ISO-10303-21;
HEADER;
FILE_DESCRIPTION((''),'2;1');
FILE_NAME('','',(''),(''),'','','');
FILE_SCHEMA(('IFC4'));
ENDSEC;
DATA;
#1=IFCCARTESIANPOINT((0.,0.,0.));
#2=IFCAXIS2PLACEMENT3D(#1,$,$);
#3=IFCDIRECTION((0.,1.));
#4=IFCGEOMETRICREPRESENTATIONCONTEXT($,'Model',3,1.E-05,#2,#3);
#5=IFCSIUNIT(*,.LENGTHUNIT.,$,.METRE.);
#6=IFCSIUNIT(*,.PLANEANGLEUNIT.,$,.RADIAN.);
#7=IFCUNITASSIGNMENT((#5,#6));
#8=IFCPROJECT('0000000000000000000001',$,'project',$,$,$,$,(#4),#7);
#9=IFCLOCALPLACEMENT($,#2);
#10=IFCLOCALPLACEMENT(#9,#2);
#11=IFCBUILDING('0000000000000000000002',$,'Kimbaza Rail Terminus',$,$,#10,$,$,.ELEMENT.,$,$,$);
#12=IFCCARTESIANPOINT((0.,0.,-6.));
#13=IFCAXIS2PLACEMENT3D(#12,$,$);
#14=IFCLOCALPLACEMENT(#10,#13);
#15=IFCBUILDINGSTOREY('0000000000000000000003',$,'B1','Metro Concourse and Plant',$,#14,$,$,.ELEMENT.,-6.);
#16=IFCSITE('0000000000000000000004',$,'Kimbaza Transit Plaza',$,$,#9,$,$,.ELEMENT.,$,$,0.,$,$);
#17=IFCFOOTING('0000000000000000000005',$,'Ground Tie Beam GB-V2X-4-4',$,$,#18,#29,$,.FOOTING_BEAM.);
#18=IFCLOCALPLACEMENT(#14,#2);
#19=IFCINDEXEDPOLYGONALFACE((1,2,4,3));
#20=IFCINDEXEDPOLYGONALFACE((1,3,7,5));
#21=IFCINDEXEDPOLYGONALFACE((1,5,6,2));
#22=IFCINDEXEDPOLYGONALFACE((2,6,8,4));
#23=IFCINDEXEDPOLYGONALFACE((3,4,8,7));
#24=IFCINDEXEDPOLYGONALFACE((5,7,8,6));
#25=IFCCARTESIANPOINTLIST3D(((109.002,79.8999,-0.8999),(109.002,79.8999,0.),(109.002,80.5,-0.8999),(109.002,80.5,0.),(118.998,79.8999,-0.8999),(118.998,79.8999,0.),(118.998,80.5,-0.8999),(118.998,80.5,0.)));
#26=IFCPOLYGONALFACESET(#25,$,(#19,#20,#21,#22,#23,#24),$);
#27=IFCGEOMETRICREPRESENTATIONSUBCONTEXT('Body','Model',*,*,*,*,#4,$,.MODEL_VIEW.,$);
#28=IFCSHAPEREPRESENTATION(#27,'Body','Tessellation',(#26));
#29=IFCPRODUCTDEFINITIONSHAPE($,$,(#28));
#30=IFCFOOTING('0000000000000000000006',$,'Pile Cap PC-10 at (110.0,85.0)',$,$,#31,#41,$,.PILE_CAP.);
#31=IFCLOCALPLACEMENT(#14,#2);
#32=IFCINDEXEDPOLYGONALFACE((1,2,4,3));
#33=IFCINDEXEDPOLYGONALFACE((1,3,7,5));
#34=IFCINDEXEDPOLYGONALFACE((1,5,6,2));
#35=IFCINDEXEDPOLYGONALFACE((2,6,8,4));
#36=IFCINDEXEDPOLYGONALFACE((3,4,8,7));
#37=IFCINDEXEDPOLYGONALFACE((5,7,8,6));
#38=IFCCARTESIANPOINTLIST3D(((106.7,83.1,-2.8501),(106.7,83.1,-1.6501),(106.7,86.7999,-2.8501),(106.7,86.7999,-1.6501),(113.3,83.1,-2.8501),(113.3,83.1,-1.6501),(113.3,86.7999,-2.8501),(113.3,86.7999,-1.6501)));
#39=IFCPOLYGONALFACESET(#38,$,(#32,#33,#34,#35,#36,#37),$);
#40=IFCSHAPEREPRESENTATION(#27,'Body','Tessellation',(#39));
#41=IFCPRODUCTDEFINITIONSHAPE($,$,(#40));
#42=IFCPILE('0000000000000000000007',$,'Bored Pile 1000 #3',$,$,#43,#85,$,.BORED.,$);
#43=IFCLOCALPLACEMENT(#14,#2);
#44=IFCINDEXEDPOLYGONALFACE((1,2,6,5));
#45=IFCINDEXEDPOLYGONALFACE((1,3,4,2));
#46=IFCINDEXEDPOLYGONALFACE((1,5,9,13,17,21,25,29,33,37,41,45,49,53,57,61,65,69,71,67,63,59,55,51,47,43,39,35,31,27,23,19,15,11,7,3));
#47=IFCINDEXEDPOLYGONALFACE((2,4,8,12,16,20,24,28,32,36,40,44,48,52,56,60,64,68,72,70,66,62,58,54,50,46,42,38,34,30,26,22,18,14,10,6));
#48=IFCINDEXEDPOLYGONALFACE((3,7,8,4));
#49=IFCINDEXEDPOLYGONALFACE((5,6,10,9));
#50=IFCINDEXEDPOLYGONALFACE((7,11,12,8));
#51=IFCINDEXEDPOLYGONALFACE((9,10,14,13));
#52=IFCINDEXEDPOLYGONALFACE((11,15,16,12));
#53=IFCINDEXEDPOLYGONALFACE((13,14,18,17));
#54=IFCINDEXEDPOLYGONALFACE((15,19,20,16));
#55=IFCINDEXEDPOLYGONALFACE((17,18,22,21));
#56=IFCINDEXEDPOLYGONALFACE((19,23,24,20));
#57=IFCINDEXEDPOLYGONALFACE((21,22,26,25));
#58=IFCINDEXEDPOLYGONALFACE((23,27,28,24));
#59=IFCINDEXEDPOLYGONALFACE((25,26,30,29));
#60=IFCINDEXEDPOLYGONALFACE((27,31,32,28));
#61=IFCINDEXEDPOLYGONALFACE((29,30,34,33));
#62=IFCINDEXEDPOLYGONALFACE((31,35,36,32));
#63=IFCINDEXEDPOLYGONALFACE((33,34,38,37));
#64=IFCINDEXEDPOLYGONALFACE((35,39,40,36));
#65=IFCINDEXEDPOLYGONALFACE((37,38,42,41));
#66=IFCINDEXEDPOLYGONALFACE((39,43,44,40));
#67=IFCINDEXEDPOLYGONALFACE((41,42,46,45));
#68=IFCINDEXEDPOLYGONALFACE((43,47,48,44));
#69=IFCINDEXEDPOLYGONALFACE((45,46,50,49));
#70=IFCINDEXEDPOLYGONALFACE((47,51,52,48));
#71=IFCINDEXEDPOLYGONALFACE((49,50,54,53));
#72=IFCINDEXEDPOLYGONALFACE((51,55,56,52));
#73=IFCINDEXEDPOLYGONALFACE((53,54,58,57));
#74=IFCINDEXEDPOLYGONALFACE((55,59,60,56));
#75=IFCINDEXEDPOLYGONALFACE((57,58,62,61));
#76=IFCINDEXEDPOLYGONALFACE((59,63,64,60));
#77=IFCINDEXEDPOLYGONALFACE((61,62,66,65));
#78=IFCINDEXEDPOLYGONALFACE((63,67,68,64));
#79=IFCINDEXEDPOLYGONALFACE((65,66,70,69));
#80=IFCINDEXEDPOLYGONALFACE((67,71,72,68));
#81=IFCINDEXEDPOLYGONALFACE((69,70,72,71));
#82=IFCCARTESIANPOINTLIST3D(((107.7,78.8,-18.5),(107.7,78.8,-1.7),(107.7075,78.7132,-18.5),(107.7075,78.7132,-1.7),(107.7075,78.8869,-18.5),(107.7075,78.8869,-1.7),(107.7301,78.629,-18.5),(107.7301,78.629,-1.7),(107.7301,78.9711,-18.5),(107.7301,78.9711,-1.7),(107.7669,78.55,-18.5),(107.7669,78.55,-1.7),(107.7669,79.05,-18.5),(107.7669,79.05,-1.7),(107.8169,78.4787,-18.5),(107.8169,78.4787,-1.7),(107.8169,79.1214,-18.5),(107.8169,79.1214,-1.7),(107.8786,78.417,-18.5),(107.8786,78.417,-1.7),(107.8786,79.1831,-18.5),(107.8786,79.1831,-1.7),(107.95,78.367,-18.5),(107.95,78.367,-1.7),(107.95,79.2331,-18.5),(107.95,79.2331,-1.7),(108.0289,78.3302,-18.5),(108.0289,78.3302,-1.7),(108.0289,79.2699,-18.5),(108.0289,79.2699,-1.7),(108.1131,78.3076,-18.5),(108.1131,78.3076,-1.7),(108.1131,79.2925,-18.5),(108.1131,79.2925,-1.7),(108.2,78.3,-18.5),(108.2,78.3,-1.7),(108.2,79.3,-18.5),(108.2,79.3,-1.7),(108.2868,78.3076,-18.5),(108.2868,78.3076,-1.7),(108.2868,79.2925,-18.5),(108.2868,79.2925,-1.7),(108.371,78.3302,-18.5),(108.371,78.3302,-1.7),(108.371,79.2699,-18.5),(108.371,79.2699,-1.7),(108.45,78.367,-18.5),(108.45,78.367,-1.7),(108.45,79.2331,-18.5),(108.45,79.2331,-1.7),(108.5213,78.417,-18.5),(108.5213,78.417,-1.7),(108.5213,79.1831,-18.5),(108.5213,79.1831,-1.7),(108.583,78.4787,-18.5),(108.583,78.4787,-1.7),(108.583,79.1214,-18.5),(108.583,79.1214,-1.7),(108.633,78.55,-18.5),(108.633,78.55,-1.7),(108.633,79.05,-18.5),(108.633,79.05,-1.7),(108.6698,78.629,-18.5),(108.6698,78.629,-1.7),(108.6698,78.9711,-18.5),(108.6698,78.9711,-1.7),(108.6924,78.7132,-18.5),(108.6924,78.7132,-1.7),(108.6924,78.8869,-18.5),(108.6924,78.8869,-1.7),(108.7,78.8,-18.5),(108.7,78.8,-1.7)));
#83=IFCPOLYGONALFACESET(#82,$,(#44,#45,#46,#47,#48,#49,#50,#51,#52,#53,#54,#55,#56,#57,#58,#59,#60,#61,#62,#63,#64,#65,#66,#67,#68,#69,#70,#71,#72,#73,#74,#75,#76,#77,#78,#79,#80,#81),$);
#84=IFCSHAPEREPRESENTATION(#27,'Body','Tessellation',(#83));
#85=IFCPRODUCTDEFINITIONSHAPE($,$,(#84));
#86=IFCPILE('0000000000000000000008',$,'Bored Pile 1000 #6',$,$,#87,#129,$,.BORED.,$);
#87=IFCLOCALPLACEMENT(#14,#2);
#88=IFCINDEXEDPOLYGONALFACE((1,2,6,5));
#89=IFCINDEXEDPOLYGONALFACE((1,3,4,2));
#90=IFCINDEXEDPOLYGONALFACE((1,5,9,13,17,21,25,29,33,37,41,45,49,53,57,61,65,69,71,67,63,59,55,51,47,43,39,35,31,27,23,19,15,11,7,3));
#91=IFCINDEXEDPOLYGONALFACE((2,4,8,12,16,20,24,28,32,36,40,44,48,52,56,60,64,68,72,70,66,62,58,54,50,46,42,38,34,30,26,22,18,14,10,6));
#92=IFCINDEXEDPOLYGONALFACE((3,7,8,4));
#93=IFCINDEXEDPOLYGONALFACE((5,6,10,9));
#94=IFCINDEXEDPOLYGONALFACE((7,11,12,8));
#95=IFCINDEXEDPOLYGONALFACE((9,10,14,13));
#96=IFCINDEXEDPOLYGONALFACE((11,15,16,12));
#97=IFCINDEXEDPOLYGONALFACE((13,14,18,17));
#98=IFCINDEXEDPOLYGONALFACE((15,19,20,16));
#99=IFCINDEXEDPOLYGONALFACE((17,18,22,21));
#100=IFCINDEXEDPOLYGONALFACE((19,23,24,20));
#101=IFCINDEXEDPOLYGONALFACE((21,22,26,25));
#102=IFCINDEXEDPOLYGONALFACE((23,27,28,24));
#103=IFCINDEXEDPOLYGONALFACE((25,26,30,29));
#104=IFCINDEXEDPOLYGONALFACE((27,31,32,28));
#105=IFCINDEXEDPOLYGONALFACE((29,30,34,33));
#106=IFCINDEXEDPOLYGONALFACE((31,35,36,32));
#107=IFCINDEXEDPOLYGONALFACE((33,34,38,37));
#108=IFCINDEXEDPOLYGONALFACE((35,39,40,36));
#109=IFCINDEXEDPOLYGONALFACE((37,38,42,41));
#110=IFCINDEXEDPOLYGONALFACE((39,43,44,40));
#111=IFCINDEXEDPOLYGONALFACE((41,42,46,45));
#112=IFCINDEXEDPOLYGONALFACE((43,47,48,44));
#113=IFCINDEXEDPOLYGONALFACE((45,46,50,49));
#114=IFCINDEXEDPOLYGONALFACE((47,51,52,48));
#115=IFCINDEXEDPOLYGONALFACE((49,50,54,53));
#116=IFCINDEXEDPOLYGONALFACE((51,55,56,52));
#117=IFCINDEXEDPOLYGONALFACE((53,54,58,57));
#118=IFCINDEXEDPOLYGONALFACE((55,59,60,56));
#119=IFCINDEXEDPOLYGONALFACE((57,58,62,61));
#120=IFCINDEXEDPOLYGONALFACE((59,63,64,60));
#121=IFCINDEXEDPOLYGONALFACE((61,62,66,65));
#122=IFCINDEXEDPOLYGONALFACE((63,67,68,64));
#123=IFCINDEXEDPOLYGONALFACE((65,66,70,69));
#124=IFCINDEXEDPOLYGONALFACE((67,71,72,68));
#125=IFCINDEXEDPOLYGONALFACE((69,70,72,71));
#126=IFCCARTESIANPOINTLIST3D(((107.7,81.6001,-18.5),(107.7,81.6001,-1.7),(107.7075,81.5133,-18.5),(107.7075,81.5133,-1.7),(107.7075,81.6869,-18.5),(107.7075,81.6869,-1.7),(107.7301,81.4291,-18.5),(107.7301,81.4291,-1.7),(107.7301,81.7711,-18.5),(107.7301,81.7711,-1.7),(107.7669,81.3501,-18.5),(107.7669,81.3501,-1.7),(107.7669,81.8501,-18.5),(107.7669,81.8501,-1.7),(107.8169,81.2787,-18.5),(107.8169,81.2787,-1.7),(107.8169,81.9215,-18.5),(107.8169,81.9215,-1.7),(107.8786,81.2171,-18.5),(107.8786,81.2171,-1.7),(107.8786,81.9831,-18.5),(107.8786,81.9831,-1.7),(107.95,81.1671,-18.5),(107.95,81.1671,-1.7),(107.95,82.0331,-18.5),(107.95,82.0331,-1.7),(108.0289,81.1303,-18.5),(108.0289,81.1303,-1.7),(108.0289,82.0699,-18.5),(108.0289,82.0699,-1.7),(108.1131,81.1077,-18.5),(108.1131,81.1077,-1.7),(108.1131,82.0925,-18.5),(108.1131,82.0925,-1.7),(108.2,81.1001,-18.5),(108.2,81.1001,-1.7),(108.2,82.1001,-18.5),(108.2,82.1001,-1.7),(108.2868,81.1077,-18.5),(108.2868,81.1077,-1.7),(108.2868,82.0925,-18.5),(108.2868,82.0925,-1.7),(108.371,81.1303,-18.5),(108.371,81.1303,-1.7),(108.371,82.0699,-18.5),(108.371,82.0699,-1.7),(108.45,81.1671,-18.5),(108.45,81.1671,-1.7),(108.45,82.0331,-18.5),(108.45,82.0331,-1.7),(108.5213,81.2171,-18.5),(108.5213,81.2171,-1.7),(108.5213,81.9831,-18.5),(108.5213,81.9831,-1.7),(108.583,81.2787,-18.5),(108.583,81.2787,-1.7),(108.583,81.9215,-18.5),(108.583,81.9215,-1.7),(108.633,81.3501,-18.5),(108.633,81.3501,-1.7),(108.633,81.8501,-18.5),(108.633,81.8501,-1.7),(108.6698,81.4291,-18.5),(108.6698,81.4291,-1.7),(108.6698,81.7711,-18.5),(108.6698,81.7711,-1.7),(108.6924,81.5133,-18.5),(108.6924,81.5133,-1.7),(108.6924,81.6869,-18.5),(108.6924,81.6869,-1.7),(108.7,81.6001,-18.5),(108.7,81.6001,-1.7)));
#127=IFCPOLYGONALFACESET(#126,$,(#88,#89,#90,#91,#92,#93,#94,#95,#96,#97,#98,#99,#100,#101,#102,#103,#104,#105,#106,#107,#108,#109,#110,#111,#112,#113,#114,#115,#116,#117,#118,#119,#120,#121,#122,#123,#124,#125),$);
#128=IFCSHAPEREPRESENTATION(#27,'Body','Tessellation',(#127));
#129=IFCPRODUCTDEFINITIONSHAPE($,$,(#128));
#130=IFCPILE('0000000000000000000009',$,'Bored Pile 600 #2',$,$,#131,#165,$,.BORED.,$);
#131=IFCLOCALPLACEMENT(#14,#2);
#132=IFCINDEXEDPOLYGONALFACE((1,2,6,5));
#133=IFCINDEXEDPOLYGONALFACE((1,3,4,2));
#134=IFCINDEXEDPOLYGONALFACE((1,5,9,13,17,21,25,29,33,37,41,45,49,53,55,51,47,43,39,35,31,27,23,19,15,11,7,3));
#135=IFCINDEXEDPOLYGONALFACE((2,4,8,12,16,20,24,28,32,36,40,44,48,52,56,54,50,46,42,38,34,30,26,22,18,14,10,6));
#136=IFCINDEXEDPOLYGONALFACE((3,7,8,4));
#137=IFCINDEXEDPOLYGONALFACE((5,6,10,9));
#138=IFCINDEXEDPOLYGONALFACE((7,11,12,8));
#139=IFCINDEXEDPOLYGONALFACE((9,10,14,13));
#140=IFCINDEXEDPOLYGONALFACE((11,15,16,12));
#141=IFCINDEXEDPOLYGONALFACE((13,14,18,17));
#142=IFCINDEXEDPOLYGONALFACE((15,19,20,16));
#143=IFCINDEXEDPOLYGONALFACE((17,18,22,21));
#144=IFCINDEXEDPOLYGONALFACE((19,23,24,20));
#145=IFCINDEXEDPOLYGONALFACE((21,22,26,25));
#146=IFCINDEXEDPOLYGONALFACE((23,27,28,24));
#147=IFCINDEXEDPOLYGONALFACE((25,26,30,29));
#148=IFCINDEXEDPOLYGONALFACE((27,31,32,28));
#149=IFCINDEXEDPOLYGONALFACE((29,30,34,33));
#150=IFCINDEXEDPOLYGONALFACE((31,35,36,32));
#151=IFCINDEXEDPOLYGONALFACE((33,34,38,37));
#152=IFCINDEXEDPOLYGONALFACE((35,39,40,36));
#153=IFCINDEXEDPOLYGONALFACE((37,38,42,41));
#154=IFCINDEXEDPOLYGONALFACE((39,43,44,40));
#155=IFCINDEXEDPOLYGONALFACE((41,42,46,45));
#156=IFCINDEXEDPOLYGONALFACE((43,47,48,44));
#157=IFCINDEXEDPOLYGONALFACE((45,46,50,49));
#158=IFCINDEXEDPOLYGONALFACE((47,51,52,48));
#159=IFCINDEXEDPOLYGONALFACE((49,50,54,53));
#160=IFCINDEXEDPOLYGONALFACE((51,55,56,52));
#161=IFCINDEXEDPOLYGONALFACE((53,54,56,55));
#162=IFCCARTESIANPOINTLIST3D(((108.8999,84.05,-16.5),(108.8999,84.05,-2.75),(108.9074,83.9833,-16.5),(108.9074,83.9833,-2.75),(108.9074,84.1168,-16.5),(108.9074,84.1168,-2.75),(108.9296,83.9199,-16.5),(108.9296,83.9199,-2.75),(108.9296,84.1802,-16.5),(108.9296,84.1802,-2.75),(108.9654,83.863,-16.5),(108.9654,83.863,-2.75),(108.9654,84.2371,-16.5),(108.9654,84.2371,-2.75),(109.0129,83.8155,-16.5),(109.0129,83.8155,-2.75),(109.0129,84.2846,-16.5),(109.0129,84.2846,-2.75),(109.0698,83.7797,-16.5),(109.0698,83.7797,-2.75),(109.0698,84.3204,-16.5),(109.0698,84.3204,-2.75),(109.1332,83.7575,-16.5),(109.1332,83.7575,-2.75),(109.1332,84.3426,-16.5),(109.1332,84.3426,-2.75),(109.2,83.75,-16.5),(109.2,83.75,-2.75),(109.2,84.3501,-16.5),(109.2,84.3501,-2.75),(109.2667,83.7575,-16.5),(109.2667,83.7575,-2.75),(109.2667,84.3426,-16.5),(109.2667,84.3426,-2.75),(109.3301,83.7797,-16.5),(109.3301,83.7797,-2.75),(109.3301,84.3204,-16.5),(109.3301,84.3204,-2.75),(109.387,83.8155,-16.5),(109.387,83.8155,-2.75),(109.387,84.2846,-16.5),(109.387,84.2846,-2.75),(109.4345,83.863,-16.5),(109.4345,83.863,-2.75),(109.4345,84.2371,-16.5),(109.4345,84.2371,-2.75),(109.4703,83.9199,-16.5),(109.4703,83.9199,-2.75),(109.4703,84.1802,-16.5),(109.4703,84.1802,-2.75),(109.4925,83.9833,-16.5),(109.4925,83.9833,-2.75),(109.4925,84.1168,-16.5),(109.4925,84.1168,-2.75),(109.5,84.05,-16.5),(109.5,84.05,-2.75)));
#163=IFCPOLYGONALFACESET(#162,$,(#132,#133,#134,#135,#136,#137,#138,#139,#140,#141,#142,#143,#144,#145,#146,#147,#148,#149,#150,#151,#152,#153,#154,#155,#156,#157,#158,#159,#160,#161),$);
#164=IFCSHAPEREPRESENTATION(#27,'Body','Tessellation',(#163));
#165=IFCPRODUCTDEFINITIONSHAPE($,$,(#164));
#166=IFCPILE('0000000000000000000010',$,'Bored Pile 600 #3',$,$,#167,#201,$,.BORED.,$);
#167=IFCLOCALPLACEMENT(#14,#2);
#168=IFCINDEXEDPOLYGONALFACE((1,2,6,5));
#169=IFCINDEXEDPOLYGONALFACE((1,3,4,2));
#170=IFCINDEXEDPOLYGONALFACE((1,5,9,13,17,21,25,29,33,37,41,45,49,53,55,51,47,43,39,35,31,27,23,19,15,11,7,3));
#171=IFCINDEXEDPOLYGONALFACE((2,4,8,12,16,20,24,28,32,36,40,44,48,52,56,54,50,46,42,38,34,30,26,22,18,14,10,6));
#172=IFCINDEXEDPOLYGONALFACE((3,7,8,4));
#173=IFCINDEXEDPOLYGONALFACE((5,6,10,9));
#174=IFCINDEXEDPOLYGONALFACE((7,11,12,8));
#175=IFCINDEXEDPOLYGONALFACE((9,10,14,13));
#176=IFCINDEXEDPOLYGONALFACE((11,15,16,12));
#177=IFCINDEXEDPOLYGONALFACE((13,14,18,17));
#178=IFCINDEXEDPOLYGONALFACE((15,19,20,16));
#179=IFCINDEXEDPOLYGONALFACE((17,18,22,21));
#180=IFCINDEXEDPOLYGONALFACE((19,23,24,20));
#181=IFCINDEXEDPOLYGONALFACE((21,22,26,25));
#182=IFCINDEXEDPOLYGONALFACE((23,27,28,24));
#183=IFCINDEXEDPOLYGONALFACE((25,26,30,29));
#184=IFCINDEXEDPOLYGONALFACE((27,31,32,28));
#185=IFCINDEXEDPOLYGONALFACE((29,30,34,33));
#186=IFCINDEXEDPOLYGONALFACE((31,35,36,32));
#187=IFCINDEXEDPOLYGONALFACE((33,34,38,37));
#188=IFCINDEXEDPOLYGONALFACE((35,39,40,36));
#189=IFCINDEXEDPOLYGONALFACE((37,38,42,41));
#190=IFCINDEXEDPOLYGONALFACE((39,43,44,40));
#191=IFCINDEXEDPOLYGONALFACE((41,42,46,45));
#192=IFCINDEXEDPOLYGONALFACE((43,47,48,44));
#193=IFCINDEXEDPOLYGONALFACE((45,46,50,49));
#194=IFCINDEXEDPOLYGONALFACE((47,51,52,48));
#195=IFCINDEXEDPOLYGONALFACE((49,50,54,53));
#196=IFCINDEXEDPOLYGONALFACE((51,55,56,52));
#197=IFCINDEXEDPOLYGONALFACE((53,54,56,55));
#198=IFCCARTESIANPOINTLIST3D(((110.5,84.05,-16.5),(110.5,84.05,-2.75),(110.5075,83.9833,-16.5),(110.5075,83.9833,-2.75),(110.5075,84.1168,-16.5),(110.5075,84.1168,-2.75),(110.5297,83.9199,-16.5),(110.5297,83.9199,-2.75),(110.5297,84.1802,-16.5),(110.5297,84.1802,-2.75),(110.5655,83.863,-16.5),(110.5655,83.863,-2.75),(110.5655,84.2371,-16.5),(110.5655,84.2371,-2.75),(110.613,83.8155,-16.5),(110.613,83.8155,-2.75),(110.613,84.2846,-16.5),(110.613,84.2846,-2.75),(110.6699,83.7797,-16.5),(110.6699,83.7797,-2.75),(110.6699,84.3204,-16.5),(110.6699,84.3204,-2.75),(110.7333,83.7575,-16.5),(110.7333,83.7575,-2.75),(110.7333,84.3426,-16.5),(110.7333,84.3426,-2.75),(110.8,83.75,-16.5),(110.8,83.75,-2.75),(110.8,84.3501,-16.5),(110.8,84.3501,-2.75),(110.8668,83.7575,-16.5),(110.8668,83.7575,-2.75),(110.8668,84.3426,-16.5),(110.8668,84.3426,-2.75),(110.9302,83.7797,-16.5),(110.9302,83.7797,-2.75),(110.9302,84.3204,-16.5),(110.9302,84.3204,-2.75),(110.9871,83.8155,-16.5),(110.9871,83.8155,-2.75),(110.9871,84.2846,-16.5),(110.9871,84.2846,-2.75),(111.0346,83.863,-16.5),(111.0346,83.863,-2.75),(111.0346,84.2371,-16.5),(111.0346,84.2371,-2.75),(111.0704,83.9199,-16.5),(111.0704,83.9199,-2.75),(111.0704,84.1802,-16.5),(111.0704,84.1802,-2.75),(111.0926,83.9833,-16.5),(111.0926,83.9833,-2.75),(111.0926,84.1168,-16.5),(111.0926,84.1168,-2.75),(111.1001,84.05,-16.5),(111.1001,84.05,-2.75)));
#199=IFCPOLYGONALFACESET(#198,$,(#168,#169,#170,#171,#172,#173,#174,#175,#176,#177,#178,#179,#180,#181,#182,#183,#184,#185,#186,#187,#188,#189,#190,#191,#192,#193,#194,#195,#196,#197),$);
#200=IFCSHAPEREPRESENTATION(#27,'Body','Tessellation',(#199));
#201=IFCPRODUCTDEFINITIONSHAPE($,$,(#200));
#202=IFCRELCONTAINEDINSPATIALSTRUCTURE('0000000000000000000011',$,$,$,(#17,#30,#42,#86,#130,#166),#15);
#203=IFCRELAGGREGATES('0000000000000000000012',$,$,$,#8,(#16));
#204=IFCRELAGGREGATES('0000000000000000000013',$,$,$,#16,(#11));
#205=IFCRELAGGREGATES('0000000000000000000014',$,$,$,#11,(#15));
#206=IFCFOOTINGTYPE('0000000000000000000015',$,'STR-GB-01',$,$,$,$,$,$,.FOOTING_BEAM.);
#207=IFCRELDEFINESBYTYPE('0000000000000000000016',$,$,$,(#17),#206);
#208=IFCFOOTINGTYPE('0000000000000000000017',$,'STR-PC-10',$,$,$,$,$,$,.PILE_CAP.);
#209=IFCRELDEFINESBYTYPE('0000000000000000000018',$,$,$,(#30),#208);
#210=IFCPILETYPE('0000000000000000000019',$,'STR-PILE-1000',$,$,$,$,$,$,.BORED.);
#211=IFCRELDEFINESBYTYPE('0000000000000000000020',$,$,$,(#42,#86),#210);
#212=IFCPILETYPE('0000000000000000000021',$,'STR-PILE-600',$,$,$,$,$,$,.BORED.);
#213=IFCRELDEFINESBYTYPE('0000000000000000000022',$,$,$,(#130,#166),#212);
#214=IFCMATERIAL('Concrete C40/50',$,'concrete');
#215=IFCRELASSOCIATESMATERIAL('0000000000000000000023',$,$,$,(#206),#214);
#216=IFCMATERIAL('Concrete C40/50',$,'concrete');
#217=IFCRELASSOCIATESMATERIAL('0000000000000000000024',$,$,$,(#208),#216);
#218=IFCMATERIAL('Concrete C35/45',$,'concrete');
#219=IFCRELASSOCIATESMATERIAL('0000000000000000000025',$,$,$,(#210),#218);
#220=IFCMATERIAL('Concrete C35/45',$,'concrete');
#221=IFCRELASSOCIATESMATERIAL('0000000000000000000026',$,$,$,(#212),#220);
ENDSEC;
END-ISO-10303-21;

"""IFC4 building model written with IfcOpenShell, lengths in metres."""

from ifc_helpers import new_model, si_unit, direction, frame, origin, origin_2d, place, context, subcontext, project, spatial, rectangle, circle, extrude, material, material_profile, profile_set, type_object, element, save


model = new_model("IFC4")

# Units and contexts
model_context = context("Model", 3, precision=1e-05, world=origin(), true_north=direction((0.0, 1.0)))
body_context = subcontext(model_context, "Body", "Model", "MODEL_VIEW")
ifc_project = project(units=[si_unit("LENGTHUNIT", "METRE"), si_unit("PLANEANGLEUNIT", "RADIAN")], contexts=[model_context])

# Site, building, storey
site_placement = place(None, origin())
site = spatial("IfcSite", under=ifc_project, at=site_placement, Name="Kimbaza Transit Plaza", CompositionType="ELEMENT", RefElevation=0.0)
building_placement = place(site_placement, origin())
building = spatial("IfcBuilding", under=site, at=building_placement, Name="Kimbaza Rail Terminus", CompositionType="ELEMENT")
storey_placement = place(building_placement, frame((0.0, 0.0, -6.0)))
storey = spatial("IfcBuildingStorey", under=building, at=storey_placement, Name="B1", Description="Metro Concourse and Plant", CompositionType="ELEMENT", Elevation=-6.0)

# Footings
ifc_material_1 = material(Name="Concrete C40/50", Category="concrete")
ifc_material_profile_1 = material_profile(ifc_material_1, rectangle(XDim=0.6001, YDim=0.8999, at=origin_2d()), Name="GB-01 600x900")
ifc_profile_set_1 = profile_set([ifc_material_profile_1], Name="Concrete C40/50")
footing_type_1 = type_object("IfcFootingType", Name="STR-GB-01", PredefinedType="FOOTING_BEAM", material=ifc_profile_set_1)
footing_1_placement = place(storey_placement, frame((109.002, 80.2, -0.45), z_axis=(1.0, 0.0, 0.0), x_axis=(0.0, 1.0, 0.0)))
element("IfcFooting", 1, at=footing_1_placement, inside=storey, type_object=footing_type_1, Name="Ground Tie Beam GB-V2X-4-4", PredefinedType="FOOTING_BEAM", context=body_context, shape_type="SweptSolid", body=[
    extrude(rectangle(XDim=0.6001, YDim=0.8999, at=origin_2d()), origin(), (0.0, 0.0, 1.0), 9.9961),
])
ifc_material_2 = material(Name="Concrete C40/50", Category="concrete")
footing_type_2 = type_object("IfcFootingType", Name="STR-PC-10", PredefinedType="PILE_CAP", material=ifc_material_2)
footing_2_placement = place(storey_placement, frame((110.0, 84.95, -2.8501), z_axis=(0.0, 0.0, 1.0), x_axis=(1.0, 0.0, 0.0)))
element("IfcFooting", 2, at=footing_2_placement, inside=storey, type_object=footing_type_2, Name="Pile Cap PC-10 at (110.0,85.0)", PredefinedType="PILE_CAP", context=body_context, shape_type="SweptSolid", body=[
    extrude(rectangle(XDim=6.6001, YDim=3.7, at=origin_2d()), origin(), (0.0, 0.0, 1.0), 1.2),
])

# Piles
ifc_material_3 = material(Name="Concrete C35/45", Category="concrete")
ifc_material_profile_2 = material_profile(ifc_material_3, circle(Radius=0.5, at=origin_2d()), Name="BORED PILE 1000")
ifc_profile_set_2 = profile_set([ifc_material_profile_2], Name="Concrete C35/45")
pile_type_1 = type_object("IfcPileType", Name="STR-PILE-1000", PredefinedType="BORED", material=ifc_profile_set_2)
for number, where, z_axis, x_axis, name in (
    (3, (108.2, 78.8, -1.7), (0.0, 0.0, -1.0), (1.0, 0.0, 0.0), "Bored Pile 1000 #3"),
    (4, (108.2, 81.6001, -1.7), (0.0, 0.0, -1.0), (1.0, 0.0, 0.0), "Bored Pile 1000 #6"),
):
    element("IfcPile", number, at=place(storey_placement, frame(where, z_axis=z_axis, x_axis=x_axis)), inside=storey, type_object=pile_type_1, Name=name, PredefinedType="BORED", context=body_context, shape_type="SweptSolid", body=[
        extrude(circle(Radius=0.5, at=origin_2d()), origin(), (0.0, 0.0, 1.0), 16.8),
    ])
ifc_material_4 = material(Name="Concrete C35/45", Category="concrete")
ifc_material_profile_3 = material_profile(ifc_material_4, circle(Radius=0.3, at=origin_2d()), Name="BORED PILE 600")
ifc_profile_set_3 = profile_set([ifc_material_profile_3], Name="Concrete C35/45")
pile_type_2 = type_object("IfcPileType", Name="STR-PILE-600", PredefinedType="BORED", material=ifc_profile_set_3)
for number, where, z_axis, x_axis, name in (
    (5, (109.2, 84.05, -2.75), (0.0, 0.0, -1.0), (1.0, 0.0, 0.0), "Bored Pile 600 #2"),
    (6, (110.8, 84.05, -2.75), (0.0, 0.0, -1.0), (1.0, 0.0, 0.0), "Bored Pile 600 #3"),
):
    element("IfcPile", number, at=place(storey_placement, frame(where, z_axis=z_axis, x_axis=x_axis)), inside=storey, type_object=pile_type_2, Name=name, PredefinedType="BORED", context=body_context, shape_type="SweptSolid", body=[
        extrude(circle(Radius=0.3, at=origin_2d()), origin(), (0.0, 0.0, 1.0), 13.75),
    ])

save(model, "model.ifc")
